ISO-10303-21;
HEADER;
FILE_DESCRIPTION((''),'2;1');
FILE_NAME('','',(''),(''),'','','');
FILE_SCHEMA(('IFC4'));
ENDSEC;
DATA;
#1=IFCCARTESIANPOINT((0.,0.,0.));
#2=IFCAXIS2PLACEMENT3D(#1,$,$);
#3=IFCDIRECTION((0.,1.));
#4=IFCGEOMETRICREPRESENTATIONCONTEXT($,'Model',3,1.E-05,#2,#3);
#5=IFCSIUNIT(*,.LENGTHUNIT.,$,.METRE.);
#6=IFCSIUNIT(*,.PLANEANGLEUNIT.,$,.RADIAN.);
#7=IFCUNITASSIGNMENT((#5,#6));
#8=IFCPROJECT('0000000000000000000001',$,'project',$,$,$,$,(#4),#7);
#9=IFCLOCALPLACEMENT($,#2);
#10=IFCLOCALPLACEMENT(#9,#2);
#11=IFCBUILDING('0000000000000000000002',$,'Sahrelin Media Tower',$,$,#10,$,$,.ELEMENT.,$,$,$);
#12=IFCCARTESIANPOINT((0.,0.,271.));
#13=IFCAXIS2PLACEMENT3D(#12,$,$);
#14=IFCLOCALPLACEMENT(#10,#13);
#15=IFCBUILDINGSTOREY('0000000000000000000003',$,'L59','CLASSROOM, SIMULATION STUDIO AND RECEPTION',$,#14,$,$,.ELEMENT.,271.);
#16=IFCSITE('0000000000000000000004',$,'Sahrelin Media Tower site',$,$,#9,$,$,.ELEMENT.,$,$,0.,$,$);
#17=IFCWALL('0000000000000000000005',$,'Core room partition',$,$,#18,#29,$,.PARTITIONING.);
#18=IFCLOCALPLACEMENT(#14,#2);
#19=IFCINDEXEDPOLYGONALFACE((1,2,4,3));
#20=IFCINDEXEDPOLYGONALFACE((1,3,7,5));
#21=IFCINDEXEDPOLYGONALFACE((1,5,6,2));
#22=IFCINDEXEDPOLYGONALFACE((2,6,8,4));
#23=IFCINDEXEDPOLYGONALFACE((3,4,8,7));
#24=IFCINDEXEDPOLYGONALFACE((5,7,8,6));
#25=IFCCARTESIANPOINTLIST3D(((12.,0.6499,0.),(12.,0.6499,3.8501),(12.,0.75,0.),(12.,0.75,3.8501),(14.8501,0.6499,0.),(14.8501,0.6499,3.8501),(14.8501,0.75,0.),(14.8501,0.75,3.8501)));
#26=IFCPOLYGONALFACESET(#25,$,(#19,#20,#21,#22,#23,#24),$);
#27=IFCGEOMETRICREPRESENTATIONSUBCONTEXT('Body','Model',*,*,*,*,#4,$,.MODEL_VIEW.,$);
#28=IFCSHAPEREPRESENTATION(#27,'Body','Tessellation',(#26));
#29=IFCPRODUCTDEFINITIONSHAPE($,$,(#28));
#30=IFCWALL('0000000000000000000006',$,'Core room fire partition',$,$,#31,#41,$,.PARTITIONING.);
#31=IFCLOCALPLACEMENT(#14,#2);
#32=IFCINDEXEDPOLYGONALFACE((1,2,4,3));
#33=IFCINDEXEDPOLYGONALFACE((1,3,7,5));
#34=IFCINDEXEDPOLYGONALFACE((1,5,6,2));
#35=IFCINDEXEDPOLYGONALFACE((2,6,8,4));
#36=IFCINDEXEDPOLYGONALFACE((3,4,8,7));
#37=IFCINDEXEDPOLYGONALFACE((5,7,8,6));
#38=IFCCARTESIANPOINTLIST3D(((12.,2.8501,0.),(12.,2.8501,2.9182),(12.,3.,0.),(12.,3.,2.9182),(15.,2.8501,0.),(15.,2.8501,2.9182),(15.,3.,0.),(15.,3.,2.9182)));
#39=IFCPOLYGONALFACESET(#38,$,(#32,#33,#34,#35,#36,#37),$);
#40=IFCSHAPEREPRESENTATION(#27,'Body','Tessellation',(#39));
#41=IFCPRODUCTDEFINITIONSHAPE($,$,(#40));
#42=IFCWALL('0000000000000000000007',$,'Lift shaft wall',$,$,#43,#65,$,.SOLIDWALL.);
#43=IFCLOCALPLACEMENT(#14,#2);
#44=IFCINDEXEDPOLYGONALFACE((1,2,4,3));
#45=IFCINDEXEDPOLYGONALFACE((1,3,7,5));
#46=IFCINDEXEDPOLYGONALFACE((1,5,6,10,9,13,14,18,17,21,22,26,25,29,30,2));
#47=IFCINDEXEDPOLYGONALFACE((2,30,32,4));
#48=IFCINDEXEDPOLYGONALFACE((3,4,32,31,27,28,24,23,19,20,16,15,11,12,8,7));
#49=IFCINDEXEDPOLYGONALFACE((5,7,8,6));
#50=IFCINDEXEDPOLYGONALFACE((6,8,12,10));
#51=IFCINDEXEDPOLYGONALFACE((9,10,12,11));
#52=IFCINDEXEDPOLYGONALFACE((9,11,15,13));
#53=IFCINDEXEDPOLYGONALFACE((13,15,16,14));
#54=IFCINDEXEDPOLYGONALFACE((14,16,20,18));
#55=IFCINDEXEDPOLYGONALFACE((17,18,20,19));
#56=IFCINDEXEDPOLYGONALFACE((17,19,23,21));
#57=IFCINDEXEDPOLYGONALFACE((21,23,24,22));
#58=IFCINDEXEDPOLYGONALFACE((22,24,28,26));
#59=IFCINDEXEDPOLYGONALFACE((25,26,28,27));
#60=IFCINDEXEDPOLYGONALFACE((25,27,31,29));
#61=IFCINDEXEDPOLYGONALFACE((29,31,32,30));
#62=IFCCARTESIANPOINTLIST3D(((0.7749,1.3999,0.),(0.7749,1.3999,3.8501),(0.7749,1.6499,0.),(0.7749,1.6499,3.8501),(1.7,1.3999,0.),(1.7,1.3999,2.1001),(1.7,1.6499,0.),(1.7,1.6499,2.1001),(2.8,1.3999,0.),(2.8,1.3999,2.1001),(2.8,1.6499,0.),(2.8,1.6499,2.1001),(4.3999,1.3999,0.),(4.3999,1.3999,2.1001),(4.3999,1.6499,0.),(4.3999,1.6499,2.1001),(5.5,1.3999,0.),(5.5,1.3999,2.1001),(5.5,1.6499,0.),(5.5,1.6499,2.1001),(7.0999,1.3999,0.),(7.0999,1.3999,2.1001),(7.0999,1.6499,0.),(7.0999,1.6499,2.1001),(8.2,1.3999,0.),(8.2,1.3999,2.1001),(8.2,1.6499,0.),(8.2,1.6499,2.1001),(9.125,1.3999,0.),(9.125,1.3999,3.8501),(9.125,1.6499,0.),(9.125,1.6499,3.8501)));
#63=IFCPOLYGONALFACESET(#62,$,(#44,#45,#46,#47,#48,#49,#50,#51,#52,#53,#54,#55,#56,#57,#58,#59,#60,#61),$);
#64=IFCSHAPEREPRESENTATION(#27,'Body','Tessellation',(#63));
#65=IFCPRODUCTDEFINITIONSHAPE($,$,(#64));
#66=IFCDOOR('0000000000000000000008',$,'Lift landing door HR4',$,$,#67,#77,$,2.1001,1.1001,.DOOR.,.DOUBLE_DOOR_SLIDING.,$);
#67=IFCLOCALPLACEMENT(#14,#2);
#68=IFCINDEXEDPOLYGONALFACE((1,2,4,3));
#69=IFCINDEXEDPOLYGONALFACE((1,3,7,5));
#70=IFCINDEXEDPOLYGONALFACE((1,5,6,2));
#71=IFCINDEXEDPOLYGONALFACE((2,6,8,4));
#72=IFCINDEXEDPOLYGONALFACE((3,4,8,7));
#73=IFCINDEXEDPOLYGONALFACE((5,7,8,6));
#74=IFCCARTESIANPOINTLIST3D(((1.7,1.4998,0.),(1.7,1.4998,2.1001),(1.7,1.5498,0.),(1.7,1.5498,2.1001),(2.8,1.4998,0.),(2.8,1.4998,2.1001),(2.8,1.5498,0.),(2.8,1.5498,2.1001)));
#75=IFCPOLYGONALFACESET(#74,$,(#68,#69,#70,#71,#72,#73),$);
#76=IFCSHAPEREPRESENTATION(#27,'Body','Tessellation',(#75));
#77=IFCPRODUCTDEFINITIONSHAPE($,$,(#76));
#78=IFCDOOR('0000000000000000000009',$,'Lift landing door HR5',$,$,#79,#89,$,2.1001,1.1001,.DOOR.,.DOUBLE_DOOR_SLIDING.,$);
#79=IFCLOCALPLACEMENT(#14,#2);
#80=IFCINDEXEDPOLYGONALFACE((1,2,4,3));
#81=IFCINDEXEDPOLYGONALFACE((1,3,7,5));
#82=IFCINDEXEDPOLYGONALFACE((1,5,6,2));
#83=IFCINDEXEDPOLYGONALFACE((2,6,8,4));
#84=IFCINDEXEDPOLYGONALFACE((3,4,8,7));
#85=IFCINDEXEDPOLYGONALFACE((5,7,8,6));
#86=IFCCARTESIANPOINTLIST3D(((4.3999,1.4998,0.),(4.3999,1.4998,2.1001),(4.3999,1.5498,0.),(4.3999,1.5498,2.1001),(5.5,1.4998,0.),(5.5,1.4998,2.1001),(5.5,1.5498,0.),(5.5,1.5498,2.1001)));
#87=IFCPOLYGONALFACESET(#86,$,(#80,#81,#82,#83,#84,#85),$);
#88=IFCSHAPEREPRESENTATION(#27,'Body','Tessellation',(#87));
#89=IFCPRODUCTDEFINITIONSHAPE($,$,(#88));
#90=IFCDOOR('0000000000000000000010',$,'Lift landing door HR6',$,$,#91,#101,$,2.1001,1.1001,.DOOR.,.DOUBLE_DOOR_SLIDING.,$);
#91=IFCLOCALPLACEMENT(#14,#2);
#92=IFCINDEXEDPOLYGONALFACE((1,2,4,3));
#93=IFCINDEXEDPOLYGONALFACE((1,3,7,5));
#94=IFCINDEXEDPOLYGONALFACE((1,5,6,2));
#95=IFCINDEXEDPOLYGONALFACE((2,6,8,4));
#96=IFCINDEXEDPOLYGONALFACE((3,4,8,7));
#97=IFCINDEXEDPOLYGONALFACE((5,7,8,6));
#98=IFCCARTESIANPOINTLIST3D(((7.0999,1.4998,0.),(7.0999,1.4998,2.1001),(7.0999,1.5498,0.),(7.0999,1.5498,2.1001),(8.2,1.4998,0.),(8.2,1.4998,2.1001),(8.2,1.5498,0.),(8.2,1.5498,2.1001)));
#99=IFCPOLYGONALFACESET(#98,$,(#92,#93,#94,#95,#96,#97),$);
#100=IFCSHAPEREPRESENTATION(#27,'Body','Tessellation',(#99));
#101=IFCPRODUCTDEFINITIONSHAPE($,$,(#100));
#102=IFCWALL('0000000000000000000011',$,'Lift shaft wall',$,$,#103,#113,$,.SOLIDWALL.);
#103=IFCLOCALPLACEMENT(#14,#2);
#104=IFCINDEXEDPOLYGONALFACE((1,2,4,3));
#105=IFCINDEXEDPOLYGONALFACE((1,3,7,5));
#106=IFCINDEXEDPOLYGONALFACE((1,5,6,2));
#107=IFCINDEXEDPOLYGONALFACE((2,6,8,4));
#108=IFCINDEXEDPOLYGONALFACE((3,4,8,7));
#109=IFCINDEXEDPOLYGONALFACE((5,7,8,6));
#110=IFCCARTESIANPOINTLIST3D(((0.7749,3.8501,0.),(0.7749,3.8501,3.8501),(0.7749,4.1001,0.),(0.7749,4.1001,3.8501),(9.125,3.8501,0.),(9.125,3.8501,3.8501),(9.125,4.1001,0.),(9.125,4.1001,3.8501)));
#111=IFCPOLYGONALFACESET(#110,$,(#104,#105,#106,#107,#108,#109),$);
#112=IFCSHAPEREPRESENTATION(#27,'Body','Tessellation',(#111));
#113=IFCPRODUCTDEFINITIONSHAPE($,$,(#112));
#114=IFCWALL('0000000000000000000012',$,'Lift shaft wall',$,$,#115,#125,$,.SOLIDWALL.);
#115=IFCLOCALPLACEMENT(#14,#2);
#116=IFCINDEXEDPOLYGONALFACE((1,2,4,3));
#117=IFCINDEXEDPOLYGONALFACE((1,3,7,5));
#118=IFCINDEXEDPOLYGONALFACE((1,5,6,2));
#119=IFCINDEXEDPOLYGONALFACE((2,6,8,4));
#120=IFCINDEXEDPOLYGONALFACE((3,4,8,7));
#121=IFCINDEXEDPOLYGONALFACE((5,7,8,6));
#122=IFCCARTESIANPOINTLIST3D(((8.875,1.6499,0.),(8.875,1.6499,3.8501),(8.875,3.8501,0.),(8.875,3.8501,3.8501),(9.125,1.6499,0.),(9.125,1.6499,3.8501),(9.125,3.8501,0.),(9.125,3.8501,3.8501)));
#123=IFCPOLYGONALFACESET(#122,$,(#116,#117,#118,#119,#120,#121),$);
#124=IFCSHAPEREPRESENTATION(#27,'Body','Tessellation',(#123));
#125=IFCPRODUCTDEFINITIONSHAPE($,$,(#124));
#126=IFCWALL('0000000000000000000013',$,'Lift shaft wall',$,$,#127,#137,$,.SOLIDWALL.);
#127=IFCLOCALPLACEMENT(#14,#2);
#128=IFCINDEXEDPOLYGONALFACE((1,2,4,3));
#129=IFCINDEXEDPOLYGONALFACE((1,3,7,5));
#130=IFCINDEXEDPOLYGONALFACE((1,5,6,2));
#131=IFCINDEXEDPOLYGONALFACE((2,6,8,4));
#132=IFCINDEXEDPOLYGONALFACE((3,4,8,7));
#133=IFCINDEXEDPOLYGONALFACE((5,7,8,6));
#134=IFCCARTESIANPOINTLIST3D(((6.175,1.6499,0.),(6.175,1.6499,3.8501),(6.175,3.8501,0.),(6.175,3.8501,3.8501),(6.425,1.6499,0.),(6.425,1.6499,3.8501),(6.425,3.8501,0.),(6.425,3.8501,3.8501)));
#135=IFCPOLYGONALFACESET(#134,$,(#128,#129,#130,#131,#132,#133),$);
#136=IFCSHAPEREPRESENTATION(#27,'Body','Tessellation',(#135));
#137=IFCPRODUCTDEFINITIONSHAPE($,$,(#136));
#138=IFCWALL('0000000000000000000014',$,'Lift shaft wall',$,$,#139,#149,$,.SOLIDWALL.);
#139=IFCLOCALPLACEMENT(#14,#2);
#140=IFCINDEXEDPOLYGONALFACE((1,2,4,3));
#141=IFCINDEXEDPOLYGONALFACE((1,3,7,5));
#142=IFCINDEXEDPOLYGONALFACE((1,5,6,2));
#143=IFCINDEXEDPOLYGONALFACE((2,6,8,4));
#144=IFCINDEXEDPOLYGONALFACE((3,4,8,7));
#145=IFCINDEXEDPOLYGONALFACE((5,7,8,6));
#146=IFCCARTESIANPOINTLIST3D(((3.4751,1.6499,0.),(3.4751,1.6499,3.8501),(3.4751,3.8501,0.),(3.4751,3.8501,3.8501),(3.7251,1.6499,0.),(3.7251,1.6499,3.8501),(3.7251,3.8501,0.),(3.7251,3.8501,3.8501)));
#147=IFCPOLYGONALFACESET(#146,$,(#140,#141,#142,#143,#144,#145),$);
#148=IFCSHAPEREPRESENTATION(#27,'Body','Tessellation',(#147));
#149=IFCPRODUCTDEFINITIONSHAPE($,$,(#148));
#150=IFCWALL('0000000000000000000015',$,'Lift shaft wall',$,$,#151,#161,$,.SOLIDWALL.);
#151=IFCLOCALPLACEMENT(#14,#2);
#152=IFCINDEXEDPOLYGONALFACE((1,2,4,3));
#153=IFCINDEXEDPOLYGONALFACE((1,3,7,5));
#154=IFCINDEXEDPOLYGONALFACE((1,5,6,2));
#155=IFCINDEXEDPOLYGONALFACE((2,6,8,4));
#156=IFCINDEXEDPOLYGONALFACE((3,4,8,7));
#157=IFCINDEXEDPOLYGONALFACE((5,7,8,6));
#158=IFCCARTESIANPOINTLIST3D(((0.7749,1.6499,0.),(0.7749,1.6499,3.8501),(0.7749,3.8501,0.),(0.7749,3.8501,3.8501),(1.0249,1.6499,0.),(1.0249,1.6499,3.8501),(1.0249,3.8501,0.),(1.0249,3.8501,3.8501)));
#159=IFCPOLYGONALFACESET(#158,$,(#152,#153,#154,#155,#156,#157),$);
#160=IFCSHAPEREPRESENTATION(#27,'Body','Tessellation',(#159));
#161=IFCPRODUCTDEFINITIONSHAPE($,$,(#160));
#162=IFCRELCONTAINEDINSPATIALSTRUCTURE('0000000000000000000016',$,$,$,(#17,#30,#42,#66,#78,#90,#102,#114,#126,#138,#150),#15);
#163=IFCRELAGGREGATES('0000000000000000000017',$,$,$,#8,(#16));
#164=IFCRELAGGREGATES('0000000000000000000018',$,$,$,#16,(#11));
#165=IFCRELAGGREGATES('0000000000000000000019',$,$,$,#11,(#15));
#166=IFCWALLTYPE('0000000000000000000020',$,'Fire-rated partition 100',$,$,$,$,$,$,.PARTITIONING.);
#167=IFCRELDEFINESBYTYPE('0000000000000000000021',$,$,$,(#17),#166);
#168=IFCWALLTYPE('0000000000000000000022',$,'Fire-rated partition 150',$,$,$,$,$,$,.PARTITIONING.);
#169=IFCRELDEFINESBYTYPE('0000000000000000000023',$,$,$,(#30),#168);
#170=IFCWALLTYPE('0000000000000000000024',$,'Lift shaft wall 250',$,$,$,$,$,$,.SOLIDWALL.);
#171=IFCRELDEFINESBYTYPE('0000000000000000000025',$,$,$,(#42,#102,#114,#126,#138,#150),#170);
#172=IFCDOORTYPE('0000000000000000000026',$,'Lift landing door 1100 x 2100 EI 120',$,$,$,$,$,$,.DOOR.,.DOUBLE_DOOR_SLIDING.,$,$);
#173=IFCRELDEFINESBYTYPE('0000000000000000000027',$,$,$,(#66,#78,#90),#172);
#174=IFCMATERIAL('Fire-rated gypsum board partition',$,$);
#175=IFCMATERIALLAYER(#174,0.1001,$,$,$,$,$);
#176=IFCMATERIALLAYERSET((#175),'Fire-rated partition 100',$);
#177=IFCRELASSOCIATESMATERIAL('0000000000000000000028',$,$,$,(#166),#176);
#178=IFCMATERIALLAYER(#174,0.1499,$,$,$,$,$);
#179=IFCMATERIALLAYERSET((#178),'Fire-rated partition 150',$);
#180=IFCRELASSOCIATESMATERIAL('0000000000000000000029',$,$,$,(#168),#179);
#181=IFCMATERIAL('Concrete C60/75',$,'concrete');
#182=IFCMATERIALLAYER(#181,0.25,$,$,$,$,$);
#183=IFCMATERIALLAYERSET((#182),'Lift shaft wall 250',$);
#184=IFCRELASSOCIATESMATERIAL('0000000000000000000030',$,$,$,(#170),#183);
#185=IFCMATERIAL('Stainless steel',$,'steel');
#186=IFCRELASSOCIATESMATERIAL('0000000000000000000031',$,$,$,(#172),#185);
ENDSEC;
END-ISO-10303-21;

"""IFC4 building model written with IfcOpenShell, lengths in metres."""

from ifc_helpers import new_model, si_unit, direction, frame, frame_2d, origin, place, context, subcontext, project, spatial, rectangle, extrude, material, layer, layer_set, type_object, element, fill, save


model = new_model("IFC4")

# Units and contexts
model_context = context("Model", 3, precision=1e-05, world=origin(), true_north=direction((0.0, 1.0)))
body_context = subcontext(model_context, "Body", "Model", "MODEL_VIEW")
ifc_project = project(units=[si_unit("LENGTHUNIT", "METRE"), si_unit("PLANEANGLEUNIT", "RADIAN")], contexts=[model_context])

# Site, building, storey
site_placement = place(None, origin())
site = spatial("IfcSite", under=ifc_project, at=site_placement, Name="Sahrelin Media Tower site", CompositionType="ELEMENT", RefElevation=0.0)
building_placement = place(site_placement, origin())
building = spatial("IfcBuilding", under=site, at=building_placement, Name="Sahrelin Media Tower", CompositionType="ELEMENT")
storey_placement = place(building_placement, frame((0.0, 0.0, 271.0)))
storey = spatial("IfcBuildingStorey", under=building, at=storey_placement, Name="L59", Description="CLASSROOM, SIMULATION STUDIO AND RECEPTION", CompositionType="ELEMENT", Elevation=271.0)

# Walls
ifc_material_1 = material(Name="Fire-rated gypsum board partition")
ifc_layer_1 = layer(ifc_material_1, 0.1001)
ifc_layer_set_1 = layer_set([ifc_layer_1], Name="Fire-rated partition 100")
wall_type_1 = type_object("IfcWallType", Name="Fire-rated partition 100", PredefinedType="PARTITIONING", material=ifc_layer_set_1)
wall_1_placement = place(storey_placement, frame((12.0, 0.7, 0.0), z_axis=(0.0, 0.0, 1.0), x_axis=(1.0, 0.0, 0.0)))
element("IfcWall", 1, at=wall_1_placement, inside=storey, type_object=wall_type_1, Name="Core room partition", PredefinedType="PARTITIONING", context=body_context, shape_type="SweptSolid", body=[
    extrude(rectangle(XDim=2.8501, YDim=0.1001, at=frame_2d((1.425, 0.0))), origin(), (0.0, 0.0, 1.0), 3.8501),
])
ifc_layer_2 = layer(ifc_material_1, 0.1499)
ifc_layer_set_2 = layer_set([ifc_layer_2], Name="Fire-rated partition 150")
wall_type_2 = type_object("IfcWallType", Name="Fire-rated partition 150", PredefinedType="PARTITIONING", material=ifc_layer_set_2)
wall_2_placement = place(storey_placement, frame((12.0, 2.925, 0.0), z_axis=(0.0, 0.0, 1.0), x_axis=(1.0, 0.0, 0.0)))
element("IfcWall", 2, at=wall_2_placement, inside=storey, type_object=wall_type_2, Name="Core room fire partition", PredefinedType="PARTITIONING", context=body_context, shape_type="SweptSolid", body=[
    extrude(rectangle(XDim=3.0, YDim=0.1499, at=frame_2d((1.5, 0.0))), origin(), (0.0, 0.0, 1.0), 2.9182),
])

# Wall, openings, doors
ifc_material_2 = material(Name="Concrete C60/75", Category="concrete")
ifc_layer_3 = layer(ifc_material_2, 0.25)
ifc_layer_set_3 = layer_set([ifc_layer_3], Name="Lift shaft wall 250")
wall_type_3 = type_object("IfcWallType", Name="Lift shaft wall 250", PredefinedType="SOLIDWALL", material=ifc_layer_set_3)
wall_3_placement = place(storey_placement, frame((0.7749, 1.5249, 0.0), z_axis=(0.0, 0.0, 1.0), x_axis=(1.0, 0.0, 0.0)))
wall_3 = element("IfcWall", 3, at=wall_3_placement, inside=storey, type_object=wall_type_3, Name="Lift shaft wall", PredefinedType="SOLIDWALL", context=body_context, shape_type="SweptSolid", body=[
    extrude(rectangle(XDim=8.3501, YDim=0.25, at=frame_2d((4.175, 0.0))), origin(), (0.0, 0.0, 1.0), 3.8501),
])
opening_1_placement = place(wall_3_placement, frame((0.925, 0.0, 0.0)))
opening_1 = element("IfcOpeningElement", 4, at=opening_1_placement, cuts=wall_3, PredefinedType="OPENING", context=body_context, shape_type="SweptSolid", body=[
    extrude(rectangle(XDim=1.1001, YDim=2.1001, at=frame_2d((0.55, 1.05))), frame((0.0, 0.125, 0.0), z_axis=(0.0, -1.0, 0.0), x_axis=(1.0, 0.0, 0.0)), (0.0, 0.0, 1.0), 0.25),
])
opening_2_placement = place(wall_3_placement, frame((3.625, 0.0, 0.0)))
opening_2 = element("IfcOpeningElement", 5, at=opening_2_placement, cuts=wall_3, PredefinedType="OPENING", context=body_context, shape_type="SweptSolid", body=[
    extrude(rectangle(XDim=1.1001, YDim=2.1001, at=frame_2d((0.55, 1.05))), frame((0.0, 0.125, 0.0), z_axis=(0.0, -1.0, 0.0), x_axis=(1.0, 0.0, 0.0)), (0.0, 0.0, 1.0), 0.25),
])
opening_3_placement = place(wall_3_placement, frame((6.325, 0.0, 0.0)))
opening_3 = element("IfcOpeningElement", 6, at=opening_3_placement, cuts=wall_3, PredefinedType="OPENING", context=body_context, shape_type="SweptSolid", body=[
    extrude(rectangle(XDim=1.1001, YDim=2.1001, at=frame_2d((0.55, 1.05))), frame((0.0, 0.125, 0.0), z_axis=(0.0, -1.0, 0.0), x_axis=(1.0, 0.0, 0.0)), (0.0, 0.0, 1.0), 0.25),
])
ifc_material_3 = material(Name="Stainless steel", Category="steel")
door_type_1 = type_object("IfcDoorType", Name="Lift landing door 1100 x 2100 EI 120", OperationType="DOUBLE_DOOR_SLIDING", PredefinedType="DOOR", material=ifc_material_3)
door_1_placement = place(opening_1_placement, origin())
door_1 = element("IfcDoor", 7, at=door_1_placement, inside=storey, type_object=door_type_1, Name="Lift landing door HR4", OperationType="DOUBLE_DOOR_SLIDING", OverallHeight=2.1001, OverallWidth=1.1001, PredefinedType="DOOR", context=body_context, shape_type="SweptSolid", body=[
    extrude(rectangle(XDim=1.1001, YDim=2.1001, at=frame_2d((0.55, 1.05))), frame((0.0, 0.0249, 0.0), z_axis=(0.0, -1.0, 0.0), x_axis=(1.0, 0.0, 0.0)), (0.0, 0.0, 1.0), 0.05),
])
fill(opening_1, door_1)
door_2_placement = place(opening_2_placement, origin())
door_2 = element("IfcDoor", 8, at=door_2_placement, inside=storey, type_object=door_type_1, Name="Lift landing door HR5", OperationType="DOUBLE_DOOR_SLIDING", OverallHeight=2.1001, OverallWidth=1.1001, PredefinedType="DOOR", context=body_context, shape_type="SweptSolid", body=[
    extrude(rectangle(XDim=1.1001, YDim=2.1001, at=frame_2d((0.55, 1.05))), frame((0.0, 0.0249, 0.0), z_axis=(0.0, -1.0, 0.0), x_axis=(1.0, 0.0, 0.0)), (0.0, 0.0, 1.0), 0.05),
])
fill(opening_2, door_2)
door_3_placement = place(opening_3_placement, origin())
door_3 = element("IfcDoor", 9, at=door_3_placement, inside=storey, type_object=door_type_1, Name="Lift landing door HR6", OperationType="DOUBLE_DOOR_SLIDING", OverallHeight=2.1001, OverallWidth=1.1001, PredefinedType="DOOR", context=body_context, shape_type="SweptSolid", body=[
    extrude(rectangle(XDim=1.1001, YDim=2.1001, at=frame_2d((0.55, 1.05))), frame((0.0, 0.0249, 0.0), z_axis=(0.0, -1.0, 0.0), x_axis=(1.0, 0.0, 0.0)), (0.0, 0.0, 1.0), 0.05),
])
fill(opening_3, door_3)

# Walls
wall_4_placement = place(storey_placement, frame((0.7749, 3.9751, 0.0), z_axis=(0.0, 0.0, 1.0), x_axis=(1.0, 0.0, 0.0)))
element("IfcWall", 10, at=wall_4_placement, inside=storey, type_object=wall_type_3, Name="Lift shaft wall", PredefinedType="SOLIDWALL", context=body_context, shape_type="SweptSolid", body=[
    extrude(rectangle(XDim=8.3501, YDim=0.25, at=frame_2d((4.175, 0.0))), origin(), (0.0, 0.0, 1.0), 3.8501),
])
for number, where, z_axis, x_axis, name in (
    (11, (9.0, 1.6499, 0.0), (0.0, 0.0, 1.0), (0.0, 1.0, 0.0), "Lift shaft wall"),
    (12, (6.3, 1.6499, 0.0), (0.0, 0.0, 1.0), (0.0, 1.0, 0.0), "Lift shaft wall"),
    (13, (3.6001, 1.6499, 0.0), (0.0, 0.0, 1.0), (0.0, 1.0, 0.0), "Lift shaft wall"),
    (14, (0.8999, 1.6499, 0.0), (0.0, 0.0, 1.0), (0.0, 1.0, 0.0), "Lift shaft wall"),
):
    element("IfcWall", number, at=place(storey_placement, frame(where, z_axis=z_axis, x_axis=x_axis)), inside=storey, type_object=wall_type_3, Name=name, PredefinedType="SOLIDWALL", context=body_context, shape_type="SweptSolid", body=[
        extrude(rectangle(XDim=2.2002, YDim=0.25, at=frame_2d((1.1001, 0.0))), origin(), (0.0, 0.0, 1.0), 3.8501),
    ])

save(model, "model.ifc")
